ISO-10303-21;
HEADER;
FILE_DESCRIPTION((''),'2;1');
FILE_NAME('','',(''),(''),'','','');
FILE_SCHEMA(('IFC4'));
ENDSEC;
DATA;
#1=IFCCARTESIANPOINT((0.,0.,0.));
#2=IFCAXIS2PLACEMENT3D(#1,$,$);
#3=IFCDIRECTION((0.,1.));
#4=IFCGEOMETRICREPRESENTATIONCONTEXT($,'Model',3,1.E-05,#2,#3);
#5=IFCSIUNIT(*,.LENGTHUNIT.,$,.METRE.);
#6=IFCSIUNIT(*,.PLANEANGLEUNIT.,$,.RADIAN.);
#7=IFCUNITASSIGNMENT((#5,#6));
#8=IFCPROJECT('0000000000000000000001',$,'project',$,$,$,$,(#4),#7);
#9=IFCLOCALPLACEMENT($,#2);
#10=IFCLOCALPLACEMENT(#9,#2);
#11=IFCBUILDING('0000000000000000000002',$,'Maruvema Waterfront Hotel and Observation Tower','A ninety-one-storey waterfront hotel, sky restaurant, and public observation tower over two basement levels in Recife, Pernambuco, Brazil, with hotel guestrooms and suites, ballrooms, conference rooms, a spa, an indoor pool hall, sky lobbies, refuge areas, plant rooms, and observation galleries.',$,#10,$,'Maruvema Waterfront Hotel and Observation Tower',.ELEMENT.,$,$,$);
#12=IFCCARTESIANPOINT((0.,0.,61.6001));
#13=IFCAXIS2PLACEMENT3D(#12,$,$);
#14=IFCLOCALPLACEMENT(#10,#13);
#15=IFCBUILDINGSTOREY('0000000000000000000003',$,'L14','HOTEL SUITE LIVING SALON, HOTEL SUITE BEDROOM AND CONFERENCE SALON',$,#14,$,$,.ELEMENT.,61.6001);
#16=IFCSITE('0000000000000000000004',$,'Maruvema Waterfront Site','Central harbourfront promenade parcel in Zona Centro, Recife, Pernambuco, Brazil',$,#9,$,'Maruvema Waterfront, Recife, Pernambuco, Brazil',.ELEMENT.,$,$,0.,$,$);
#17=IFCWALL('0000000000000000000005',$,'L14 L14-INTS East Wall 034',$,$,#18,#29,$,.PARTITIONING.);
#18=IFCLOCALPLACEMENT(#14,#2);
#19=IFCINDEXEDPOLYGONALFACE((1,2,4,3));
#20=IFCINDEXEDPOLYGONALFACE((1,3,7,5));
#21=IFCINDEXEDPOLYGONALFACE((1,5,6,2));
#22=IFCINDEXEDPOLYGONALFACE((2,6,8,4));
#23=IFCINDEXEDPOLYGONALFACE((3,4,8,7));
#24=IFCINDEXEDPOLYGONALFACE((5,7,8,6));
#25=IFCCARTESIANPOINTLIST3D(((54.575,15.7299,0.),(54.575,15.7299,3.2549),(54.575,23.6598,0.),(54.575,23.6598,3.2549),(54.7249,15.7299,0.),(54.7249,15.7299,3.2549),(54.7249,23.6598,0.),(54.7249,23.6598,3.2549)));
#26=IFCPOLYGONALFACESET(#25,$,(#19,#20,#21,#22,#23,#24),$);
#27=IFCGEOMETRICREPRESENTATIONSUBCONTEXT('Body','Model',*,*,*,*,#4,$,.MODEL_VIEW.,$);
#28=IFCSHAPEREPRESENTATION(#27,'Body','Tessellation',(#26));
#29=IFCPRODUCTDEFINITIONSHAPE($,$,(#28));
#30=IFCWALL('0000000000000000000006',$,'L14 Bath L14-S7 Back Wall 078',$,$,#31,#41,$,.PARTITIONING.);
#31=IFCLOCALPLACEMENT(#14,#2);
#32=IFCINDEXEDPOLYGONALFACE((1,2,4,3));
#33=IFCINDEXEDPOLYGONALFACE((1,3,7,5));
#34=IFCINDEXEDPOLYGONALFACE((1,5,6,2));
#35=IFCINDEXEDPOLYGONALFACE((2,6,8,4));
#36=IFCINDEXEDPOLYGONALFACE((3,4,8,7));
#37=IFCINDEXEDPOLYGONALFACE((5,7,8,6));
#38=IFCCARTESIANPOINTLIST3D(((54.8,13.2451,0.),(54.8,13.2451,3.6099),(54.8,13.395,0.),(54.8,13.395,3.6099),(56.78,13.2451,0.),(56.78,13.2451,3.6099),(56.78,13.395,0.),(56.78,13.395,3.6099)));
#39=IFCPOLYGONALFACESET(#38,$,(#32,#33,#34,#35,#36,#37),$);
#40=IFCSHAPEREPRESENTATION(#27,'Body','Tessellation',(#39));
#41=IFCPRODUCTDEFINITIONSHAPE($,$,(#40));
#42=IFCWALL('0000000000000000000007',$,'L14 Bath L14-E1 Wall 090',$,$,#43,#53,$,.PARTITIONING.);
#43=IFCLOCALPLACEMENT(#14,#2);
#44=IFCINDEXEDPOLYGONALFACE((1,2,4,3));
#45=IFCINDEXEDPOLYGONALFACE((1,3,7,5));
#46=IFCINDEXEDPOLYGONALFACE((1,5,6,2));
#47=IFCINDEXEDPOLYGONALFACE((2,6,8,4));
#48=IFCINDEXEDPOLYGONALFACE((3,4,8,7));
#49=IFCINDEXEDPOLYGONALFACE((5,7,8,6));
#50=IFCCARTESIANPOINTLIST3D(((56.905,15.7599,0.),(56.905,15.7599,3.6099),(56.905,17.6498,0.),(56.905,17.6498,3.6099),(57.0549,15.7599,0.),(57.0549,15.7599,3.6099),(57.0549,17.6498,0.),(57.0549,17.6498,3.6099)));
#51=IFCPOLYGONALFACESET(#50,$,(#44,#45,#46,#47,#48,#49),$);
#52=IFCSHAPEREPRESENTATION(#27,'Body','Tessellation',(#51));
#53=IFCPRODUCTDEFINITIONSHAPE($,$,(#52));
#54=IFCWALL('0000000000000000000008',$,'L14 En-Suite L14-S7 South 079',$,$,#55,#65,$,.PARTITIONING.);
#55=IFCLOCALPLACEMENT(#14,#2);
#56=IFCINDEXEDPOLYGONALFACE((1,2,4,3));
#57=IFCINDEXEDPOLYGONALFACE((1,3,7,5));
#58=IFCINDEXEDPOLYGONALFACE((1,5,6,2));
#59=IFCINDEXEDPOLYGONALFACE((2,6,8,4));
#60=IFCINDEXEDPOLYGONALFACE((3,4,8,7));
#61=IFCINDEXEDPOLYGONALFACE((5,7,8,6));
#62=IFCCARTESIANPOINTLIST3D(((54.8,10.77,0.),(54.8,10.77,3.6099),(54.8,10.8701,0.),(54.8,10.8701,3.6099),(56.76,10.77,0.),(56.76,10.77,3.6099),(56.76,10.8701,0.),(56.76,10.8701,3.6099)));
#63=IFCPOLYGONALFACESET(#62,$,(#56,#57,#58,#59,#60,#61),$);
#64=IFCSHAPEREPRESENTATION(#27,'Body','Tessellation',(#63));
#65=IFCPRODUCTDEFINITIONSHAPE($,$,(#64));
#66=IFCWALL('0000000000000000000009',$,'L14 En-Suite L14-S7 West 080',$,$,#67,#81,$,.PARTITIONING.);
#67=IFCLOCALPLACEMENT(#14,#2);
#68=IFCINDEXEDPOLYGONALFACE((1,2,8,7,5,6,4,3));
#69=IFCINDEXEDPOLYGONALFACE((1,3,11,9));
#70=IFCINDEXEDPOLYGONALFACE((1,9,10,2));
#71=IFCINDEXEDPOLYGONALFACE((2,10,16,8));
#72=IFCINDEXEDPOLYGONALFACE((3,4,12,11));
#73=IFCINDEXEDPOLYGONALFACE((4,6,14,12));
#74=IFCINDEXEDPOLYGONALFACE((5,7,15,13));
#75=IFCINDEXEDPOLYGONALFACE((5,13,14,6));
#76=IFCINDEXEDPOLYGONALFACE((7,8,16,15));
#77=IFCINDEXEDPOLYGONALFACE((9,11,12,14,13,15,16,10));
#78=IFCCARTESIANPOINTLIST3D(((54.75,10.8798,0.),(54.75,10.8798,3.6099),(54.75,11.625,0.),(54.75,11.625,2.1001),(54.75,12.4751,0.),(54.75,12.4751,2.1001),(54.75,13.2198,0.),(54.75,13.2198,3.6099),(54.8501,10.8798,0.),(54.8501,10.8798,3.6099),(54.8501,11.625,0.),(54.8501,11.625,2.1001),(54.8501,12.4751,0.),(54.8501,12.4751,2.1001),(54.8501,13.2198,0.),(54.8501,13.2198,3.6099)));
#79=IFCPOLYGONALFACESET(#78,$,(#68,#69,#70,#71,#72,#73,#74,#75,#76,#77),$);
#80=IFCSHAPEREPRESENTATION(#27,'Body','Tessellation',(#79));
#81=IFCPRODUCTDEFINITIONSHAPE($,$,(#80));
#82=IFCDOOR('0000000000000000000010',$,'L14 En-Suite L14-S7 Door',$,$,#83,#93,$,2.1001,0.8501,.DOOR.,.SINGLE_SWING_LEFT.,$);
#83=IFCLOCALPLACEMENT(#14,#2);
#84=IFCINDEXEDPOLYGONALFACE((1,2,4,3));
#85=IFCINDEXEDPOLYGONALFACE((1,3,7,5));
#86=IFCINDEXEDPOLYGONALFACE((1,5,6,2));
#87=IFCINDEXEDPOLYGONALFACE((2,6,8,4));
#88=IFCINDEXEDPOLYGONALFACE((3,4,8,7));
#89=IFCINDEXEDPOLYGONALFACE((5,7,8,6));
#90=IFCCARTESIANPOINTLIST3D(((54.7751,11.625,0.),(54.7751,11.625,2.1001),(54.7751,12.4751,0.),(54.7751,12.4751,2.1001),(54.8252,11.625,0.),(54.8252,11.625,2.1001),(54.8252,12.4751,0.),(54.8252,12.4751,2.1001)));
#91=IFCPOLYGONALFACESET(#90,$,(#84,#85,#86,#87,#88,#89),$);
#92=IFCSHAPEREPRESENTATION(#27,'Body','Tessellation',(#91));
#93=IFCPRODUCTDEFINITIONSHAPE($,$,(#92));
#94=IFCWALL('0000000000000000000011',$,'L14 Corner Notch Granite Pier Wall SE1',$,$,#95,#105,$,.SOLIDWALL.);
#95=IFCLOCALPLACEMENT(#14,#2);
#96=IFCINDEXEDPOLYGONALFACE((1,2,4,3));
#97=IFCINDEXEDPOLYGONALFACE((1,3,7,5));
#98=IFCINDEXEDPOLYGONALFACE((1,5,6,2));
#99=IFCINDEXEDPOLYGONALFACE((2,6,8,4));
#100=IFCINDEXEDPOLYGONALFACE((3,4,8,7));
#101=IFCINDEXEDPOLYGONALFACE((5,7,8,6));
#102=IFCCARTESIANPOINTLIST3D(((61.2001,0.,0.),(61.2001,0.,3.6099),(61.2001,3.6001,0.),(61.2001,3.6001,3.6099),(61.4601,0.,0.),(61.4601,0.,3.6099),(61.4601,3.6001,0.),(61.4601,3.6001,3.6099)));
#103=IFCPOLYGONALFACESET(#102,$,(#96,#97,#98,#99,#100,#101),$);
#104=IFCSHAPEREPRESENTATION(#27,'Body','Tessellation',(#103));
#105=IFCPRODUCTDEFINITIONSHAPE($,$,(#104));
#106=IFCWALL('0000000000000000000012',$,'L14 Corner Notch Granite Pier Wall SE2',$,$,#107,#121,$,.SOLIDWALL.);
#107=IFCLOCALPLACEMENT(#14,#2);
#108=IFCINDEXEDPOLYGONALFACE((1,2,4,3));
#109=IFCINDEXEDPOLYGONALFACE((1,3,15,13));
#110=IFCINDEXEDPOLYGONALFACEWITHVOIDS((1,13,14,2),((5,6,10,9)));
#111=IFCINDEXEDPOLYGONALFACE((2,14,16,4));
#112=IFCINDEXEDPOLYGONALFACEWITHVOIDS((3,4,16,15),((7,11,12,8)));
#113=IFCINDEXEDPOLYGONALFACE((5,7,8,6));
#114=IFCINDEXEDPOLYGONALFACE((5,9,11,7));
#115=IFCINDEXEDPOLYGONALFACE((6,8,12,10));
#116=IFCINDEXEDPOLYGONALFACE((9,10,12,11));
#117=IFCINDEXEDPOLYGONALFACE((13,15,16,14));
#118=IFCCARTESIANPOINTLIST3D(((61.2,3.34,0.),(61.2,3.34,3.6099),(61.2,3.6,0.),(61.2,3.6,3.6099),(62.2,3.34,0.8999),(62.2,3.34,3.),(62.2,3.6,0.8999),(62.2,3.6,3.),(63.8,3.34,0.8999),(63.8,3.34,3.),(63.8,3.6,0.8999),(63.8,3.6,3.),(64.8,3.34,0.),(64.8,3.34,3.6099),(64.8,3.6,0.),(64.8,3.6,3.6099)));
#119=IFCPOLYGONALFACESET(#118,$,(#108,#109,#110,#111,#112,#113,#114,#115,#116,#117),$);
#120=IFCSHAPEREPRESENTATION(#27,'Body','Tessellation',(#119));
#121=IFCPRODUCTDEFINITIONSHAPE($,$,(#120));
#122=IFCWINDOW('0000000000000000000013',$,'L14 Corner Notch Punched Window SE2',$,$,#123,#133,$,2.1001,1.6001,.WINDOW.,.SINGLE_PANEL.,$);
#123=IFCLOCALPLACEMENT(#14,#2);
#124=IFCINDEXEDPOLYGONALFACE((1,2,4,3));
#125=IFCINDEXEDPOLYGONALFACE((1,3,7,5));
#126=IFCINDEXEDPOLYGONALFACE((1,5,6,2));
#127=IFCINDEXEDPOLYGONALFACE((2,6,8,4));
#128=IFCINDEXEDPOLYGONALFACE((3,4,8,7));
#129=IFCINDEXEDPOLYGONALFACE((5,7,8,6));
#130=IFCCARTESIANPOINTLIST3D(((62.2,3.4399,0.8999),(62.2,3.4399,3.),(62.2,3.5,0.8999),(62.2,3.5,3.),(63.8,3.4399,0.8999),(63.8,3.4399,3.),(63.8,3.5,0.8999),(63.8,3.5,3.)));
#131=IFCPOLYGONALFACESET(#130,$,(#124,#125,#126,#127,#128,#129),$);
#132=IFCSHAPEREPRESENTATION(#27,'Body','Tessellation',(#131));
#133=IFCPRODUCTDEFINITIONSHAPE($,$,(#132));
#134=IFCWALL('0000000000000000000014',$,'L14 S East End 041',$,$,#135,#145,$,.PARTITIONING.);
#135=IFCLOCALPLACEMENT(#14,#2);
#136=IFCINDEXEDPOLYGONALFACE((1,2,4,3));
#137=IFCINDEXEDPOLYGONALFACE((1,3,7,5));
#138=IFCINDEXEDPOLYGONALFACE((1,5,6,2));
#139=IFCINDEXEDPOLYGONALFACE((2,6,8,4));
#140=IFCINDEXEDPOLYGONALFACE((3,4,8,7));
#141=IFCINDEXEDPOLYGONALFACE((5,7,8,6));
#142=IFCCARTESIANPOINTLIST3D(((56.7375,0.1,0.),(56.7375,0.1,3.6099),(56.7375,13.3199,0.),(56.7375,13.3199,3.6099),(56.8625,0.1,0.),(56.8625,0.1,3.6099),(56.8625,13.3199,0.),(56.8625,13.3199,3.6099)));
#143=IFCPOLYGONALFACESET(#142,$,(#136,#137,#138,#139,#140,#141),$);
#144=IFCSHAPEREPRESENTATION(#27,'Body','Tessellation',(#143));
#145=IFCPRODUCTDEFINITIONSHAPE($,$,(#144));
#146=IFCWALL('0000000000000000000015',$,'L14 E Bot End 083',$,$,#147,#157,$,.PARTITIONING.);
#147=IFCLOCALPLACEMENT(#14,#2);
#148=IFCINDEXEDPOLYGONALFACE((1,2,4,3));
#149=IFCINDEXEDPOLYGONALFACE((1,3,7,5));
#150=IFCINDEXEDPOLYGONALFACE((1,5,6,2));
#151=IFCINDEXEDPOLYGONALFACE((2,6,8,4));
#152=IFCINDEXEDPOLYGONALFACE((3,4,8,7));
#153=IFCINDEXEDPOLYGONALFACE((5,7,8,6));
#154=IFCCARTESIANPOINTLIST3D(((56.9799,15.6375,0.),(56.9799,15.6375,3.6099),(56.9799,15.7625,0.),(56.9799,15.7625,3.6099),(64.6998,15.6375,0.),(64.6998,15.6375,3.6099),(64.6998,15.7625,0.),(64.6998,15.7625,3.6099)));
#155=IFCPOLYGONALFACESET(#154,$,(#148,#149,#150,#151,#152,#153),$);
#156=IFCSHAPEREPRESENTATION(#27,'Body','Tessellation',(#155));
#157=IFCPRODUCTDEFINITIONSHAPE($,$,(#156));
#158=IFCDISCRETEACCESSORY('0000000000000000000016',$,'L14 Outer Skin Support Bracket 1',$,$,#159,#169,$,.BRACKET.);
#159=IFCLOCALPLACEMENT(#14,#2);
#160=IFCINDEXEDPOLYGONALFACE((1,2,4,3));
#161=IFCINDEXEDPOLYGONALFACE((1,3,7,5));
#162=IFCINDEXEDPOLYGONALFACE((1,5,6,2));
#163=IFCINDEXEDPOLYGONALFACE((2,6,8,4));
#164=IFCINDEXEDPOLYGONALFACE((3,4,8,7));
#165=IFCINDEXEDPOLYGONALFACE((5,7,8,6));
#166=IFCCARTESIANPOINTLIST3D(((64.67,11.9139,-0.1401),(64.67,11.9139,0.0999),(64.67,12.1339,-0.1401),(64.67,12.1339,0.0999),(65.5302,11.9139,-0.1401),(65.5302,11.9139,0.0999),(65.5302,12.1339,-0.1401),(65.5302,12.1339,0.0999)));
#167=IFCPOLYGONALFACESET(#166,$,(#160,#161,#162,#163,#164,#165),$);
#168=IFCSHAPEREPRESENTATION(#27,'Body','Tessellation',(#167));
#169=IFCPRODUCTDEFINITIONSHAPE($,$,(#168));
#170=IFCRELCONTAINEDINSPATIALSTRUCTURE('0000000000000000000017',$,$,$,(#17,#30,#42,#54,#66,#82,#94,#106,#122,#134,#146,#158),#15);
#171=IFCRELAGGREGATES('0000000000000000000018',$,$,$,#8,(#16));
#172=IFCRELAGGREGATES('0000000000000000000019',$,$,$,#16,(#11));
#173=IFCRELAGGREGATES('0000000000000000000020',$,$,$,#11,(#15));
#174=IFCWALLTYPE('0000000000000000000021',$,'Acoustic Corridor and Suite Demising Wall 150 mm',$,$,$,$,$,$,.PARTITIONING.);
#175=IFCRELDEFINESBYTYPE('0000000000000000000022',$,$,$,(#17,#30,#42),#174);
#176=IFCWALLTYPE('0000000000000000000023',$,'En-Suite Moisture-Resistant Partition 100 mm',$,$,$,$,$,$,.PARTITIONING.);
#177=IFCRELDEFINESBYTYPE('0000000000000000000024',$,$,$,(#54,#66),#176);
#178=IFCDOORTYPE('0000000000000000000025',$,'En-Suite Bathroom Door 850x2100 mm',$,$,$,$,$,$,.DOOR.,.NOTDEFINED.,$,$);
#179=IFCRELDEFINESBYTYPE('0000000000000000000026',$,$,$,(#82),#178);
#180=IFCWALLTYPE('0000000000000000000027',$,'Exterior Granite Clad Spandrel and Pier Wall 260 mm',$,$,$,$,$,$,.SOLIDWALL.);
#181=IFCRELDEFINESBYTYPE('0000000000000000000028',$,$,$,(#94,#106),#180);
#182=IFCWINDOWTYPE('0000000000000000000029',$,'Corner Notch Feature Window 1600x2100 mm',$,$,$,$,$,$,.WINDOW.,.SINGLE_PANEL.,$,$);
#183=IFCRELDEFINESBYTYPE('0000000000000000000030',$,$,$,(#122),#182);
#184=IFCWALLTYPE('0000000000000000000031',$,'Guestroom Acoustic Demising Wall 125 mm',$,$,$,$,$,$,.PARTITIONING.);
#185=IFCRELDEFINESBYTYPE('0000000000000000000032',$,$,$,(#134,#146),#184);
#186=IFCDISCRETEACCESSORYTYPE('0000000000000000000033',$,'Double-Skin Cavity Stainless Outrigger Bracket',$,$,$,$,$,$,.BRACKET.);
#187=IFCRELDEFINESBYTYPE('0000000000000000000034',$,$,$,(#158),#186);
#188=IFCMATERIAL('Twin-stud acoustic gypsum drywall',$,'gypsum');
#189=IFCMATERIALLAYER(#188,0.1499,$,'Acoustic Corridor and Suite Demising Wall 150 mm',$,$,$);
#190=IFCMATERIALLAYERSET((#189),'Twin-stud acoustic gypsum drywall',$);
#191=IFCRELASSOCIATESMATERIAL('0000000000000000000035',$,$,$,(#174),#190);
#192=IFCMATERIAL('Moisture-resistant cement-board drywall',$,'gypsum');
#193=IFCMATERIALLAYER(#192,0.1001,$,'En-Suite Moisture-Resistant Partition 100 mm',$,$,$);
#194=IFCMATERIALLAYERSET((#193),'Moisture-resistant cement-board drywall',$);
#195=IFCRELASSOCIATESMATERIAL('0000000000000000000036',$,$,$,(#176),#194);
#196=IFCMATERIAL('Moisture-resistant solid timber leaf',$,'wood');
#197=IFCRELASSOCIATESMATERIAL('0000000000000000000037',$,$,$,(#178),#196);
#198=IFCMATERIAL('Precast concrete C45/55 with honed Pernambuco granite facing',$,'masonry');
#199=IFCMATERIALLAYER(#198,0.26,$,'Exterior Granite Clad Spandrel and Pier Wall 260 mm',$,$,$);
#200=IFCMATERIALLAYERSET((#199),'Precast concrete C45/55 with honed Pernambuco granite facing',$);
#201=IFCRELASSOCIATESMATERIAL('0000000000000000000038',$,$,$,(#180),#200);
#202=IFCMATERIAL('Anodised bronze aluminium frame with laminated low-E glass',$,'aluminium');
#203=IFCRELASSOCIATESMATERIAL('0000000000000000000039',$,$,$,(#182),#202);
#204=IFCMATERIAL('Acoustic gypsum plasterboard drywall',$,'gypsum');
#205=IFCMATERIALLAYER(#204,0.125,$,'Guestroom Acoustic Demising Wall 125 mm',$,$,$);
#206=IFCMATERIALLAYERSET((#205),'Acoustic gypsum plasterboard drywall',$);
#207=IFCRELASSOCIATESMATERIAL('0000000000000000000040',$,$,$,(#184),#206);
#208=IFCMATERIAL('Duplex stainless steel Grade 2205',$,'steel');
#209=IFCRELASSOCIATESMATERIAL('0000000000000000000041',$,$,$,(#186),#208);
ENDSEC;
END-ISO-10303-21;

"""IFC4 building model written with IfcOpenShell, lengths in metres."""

from ifc_helpers import new_model, si_unit, direction, frame, frame_2d, origin, origin_2d, place, context, subcontext, project, spatial, rectangle, extrude, material, layer, layer_set, type_object, element, fill, save


model = new_model("IFC4")

# Units and contexts
model_context = context("Model", 3, precision=1e-05, world=origin(), true_north=direction((0.0, 1.0)))
body_context = subcontext(model_context, "Body", "Model", "MODEL_VIEW")
ifc_project = project(units=[si_unit("LENGTHUNIT", "METRE"), si_unit("PLANEANGLEUNIT", "RADIAN")], contexts=[model_context])

# Site, building, storey
site_placement = place(None, origin())
site = spatial("IfcSite", under=ifc_project, at=site_placement, Name="Maruvema Waterfront Site", Description="Central harbourfront promenade parcel in Zona Centro, Recife, Pernambuco, Brazil", LongName="Maruvema Waterfront, Recife, Pernambuco, Brazil", CompositionType="ELEMENT", RefElevation=0.0)
building_placement = place(site_placement, origin())
building = spatial("IfcBuilding", under=site, at=building_placement, Name="Maruvema Waterfront Hotel and Observation Tower", Description="A ninety-one-storey waterfront hotel, sky restaurant, and public observation tower over two basement levels in Recife, Pernambuco, Brazil, with hotel guestrooms and suites, ballrooms, conference rooms, a spa, an indoor pool hall, sky lobbies, refuge areas, plant rooms, and observation galleries.", LongName="Maruvema Waterfront Hotel and Observation Tower", CompositionType="ELEMENT")
storey_placement = place(building_placement, frame((0.0, 0.0, 61.6001)))
storey = spatial("IfcBuildingStorey", under=building, at=storey_placement, Name="L14", Description="HOTEL SUITE LIVING SALON, HOTEL SUITE BEDROOM AND CONFERENCE SALON", CompositionType="ELEMENT", Elevation=61.6001)

# Walls
ifc_material_1 = material(Name="Twin-stud acoustic gypsum drywall", Category="gypsum")
ifc_layer_1 = layer(ifc_material_1, 0.1499, Name="Acoustic Corridor and Suite Demising Wall 150 mm")
ifc_layer_set_1 = layer_set([ifc_layer_1], Name="Twin-stud acoustic gypsum drywall")
wall_type_1 = type_object("IfcWallType", Name="Acoustic Corridor and Suite Demising Wall 150 mm", PredefinedType="PARTITIONING", material=ifc_layer_set_1)
wall_1_placement = place(storey_placement, frame((54.6499, 15.73, 0.0), z_axis=(0.0, 0.0, 1.0), x_axis=(0.0, 1.0, 0.0)))
element("IfcWall", 1, at=wall_1_placement, inside=storey, type_object=wall_type_1, Name="L14 L14-INTS East Wall 034", PredefinedType="PARTITIONING", context=body_context, shape_type="SweptSolid", body=[
    extrude(rectangle(XDim=7.9299, YDim=0.1499, at=frame_2d((3.9648, 0.0))), origin(), (0.0, 0.0, 1.0), 3.2549),
])
wall_2_placement = place(storey_placement, frame((54.8, 13.3201, 0.0), z_axis=(0.0, 0.0, 1.0), x_axis=(1.0, 0.0, 0.0)))
element("IfcWall", 2, at=wall_2_placement, inside=storey, type_object=wall_type_1, Name="L14 Bath L14-S7 Back Wall 078", PredefinedType="PARTITIONING", context=body_context, shape_type="SweptSolid", body=[
    extrude(rectangle(XDim=1.98, YDim=0.1499, at=frame_2d((0.99, 0.0))), origin(), (0.0, 0.0, 1.0), 3.6099),
])
wall_3_placement = place(storey_placement, frame((56.98, 15.76, 0.0), z_axis=(0.0, 0.0, 1.0), x_axis=(0.0, 1.0, 0.0)))
element("IfcWall", 3, at=wall_3_placement, inside=storey, type_object=wall_type_1, Name="L14 Bath L14-E1 Wall 090", PredefinedType="PARTITIONING", context=body_context, shape_type="SweptSolid", body=[
    extrude(rectangle(XDim=1.8899, YDim=0.1499, at=frame_2d((0.9448, 0.0))), origin(), (0.0, 0.0, 1.0), 3.6099),
])
ifc_material_2 = material(Name="Moisture-resistant cement-board drywall", Category="gypsum")
ifc_layer_2 = layer(ifc_material_2, 0.1001, Name="En-Suite Moisture-Resistant Partition 100 mm")
ifc_layer_set_2 = layer_set([ifc_layer_2], Name="Moisture-resistant cement-board drywall")
wall_type_2 = type_object("IfcWallType", Name="En-Suite Moisture-Resistant Partition 100 mm", PredefinedType="PARTITIONING", material=ifc_layer_set_2)
wall_4_placement = place(storey_placement, frame((54.8, 10.8201, 0.0), z_axis=(0.0, 0.0, 1.0), x_axis=(1.0, 0.0, 0.0)))
element("IfcWall", 4, at=wall_4_placement, inside=storey, type_object=wall_type_2, Name="L14 En-Suite L14-S7 South 079", PredefinedType="PARTITIONING", context=body_context, shape_type="SweptSolid", body=[
    extrude(rectangle(XDim=1.96, YDim=0.1001, at=frame_2d((0.98, 0.0))), origin(), (0.0, 0.0, 1.0), 3.6099),
])

# Wall, opening, door
wall_5_placement = place(storey_placement, frame((54.8, 10.8799, 0.0), z_axis=(0.0, 0.0, 1.0), x_axis=(0.0, 1.0, 0.0)))
wall_5 = element("IfcWall", 5, at=wall_5_placement, inside=storey, type_object=wall_type_2, Name="L14 En-Suite L14-S7 West 080", PredefinedType="PARTITIONING", context=body_context, shape_type="SweptSolid", body=[
    extrude(rectangle(XDim=2.3401, YDim=0.1001, at=frame_2d((1.1699, 0.0))), origin(), (0.0, 0.0, 1.0), 3.6099),
])
opening_1_placement = place(wall_5_placement, frame((0.7451, 0.0, 0.0)))
opening_1 = element("IfcOpeningElement", 6, at=opening_1_placement, cuts=wall_5, PredefinedType="OPENING", context=body_context, shape_type="SweptSolid", body=[
    extrude(rectangle(XDim=0.8501, YDim=2.1001, at=frame_2d((0.425, 1.05))), frame((0.0, 0.0601, 0.0), z_axis=(0.0, -1.0, 0.0), x_axis=(1.0, 0.0, 0.0)), (0.0, 0.0, 1.0), 0.1201),
])
ifc_material_3 = material(Name="Moisture-resistant solid timber leaf", Category="wood")
door_type = type_object("IfcDoorType", Name="En-Suite Bathroom Door 850x2100 mm", OperationType="NOTDEFINED", PredefinedType="DOOR", material=ifc_material_3)
door_placement = place(opening_1_placement, origin())
door = element("IfcDoor", 7, at=door_placement, inside=storey, type_object=door_type, Name="L14 En-Suite L14-S7 Door", OperationType="SINGLE_SWING_LEFT", OverallHeight=2.1001, OverallWidth=0.8501, PredefinedType="DOOR", context=body_context, shape_type="SweptSolid", body=[
    extrude(rectangle(XDim=0.8501, YDim=2.1001, at=frame_2d((0.425, 1.05))), frame((0.0, 0.0249, 0.0), z_axis=(0.0, -1.0, 0.0), x_axis=(1.0, 0.0, 0.0)), (0.0, 0.0, 1.0), 0.05),
])
fill(opening_1, door)

# Wall
ifc_material_4 = material(Name="Precast concrete C45/55 with honed Pernambuco granite facing", Category="masonry")
ifc_layer_3 = layer(ifc_material_4, 0.26, Name="Exterior Granite Clad Spandrel and Pier Wall 260 mm")
ifc_layer_set_3 = layer_set([ifc_layer_3], Name="Precast concrete C45/55 with honed Pernambuco granite facing")
wall_type_3 = type_object("IfcWallType", Name="Exterior Granite Clad Spandrel and Pier Wall 260 mm", PredefinedType="SOLIDWALL", material=ifc_layer_set_3)
wall_6_placement = place(storey_placement, frame((61.3301, 3.6001, 0.0), z_axis=(0.0, 0.0, 1.0), x_axis=(0.0, -1.0, 0.0)))
element("IfcWall", 8, at=wall_6_placement, inside=storey, type_object=wall_type_3, Name="L14 Corner Notch Granite Pier Wall SE1", PredefinedType="SOLIDWALL", context=body_context, shape_type="SweptSolid", body=[
    extrude(rectangle(XDim=3.6001, YDim=0.26, at=frame_2d((1.8, 0.0))), origin(), (0.0, 0.0, 1.0), 3.6099),
])

# Wall, opening, window
wall_7_placement = place(storey_placement, frame((64.8, 3.47, 0.0), z_axis=(0.0, 0.0, 1.0), x_axis=(-1.0, 0.0, 0.0)))
wall_7 = element("IfcWall", 9, at=wall_7_placement, inside=storey, type_object=wall_type_3, Name="L14 Corner Notch Granite Pier Wall SE2", PredefinedType="SOLIDWALL", context=body_context, shape_type="SweptSolid", body=[
    extrude(rectangle(XDim=3.6001, YDim=0.26, at=frame_2d((1.8, 0.0))), origin(), (0.0, 0.0, 1.0), 3.6099),
])
opening_2_placement = place(wall_7_placement, frame((1.0, 0.0, 0.8999)))
opening_2 = element("IfcOpeningElement", 10, at=opening_2_placement, cuts=wall_7, PredefinedType="OPENING", context=body_context, shape_type="SweptSolid", body=[
    extrude(rectangle(XDim=1.6001, YDim=2.1001, at=frame_2d((0.8, 1.05))), frame((0.0, 0.1401, 0.0), z_axis=(0.0, -1.0, 0.0), x_axis=(1.0, 0.0, 0.0)), (0.0, 0.0, 1.0), 0.28),
])
ifc_material_5 = material(Name="Anodised bronze aluminium frame with laminated low-E glass", Category="aluminium")
window_type = type_object("IfcWindowType", Name="Corner Notch Feature Window 1600x2100 mm", PartitioningType="SINGLE_PANEL", PredefinedType="WINDOW", material=ifc_material_5)
window_placement = place(opening_2_placement, origin())
window = element("IfcWindow", 11, at=window_placement, inside=storey, type_object=window_type, Name="L14 Corner Notch Punched Window SE2", OverallHeight=2.1001, OverallWidth=1.6001, PartitioningType="SINGLE_PANEL", PredefinedType="WINDOW", context=body_context, shape_type="SweptSolid", body=[
    extrude(rectangle(XDim=1.6001, YDim=2.1001, at=frame_2d((0.8, 1.05))), frame((0.0, 0.03, 0.0), z_axis=(0.0, -1.0, 0.0), x_axis=(1.0, 0.0, 0.0)), (0.0, 0.0, 1.0), 0.0601),
])
fill(opening_2, window)

# Walls
ifc_material_6 = material(Name="Acoustic gypsum plasterboard drywall", Category="gypsum")
ifc_layer_4 = layer(ifc_material_6, 0.125, Name="Guestroom Acoustic Demising Wall 125 mm")
ifc_layer_set_4 = layer_set([ifc_layer_4], Name="Acoustic gypsum plasterboard drywall")
wall_type_4 = type_object("IfcWallType", Name="Guestroom Acoustic Demising Wall 125 mm", PredefinedType="PARTITIONING", material=ifc_layer_set_4)
wall_8_placement = place(storey_placement, frame((56.8, 0.1001, 0.0), z_axis=(0.0, 0.0, 1.0), x_axis=(0.0, 1.0, 0.0)))
element("IfcWall", 12, at=wall_8_placement, inside=storey, type_object=wall_type_4, Name="L14 S East End 041", PredefinedType="PARTITIONING", context=body_context, shape_type="SweptSolid", body=[
    extrude(rectangle(XDim=13.22, YDim=0.125, at=frame_2d((6.6099, 0.0))), origin(), (0.0, 0.0, 1.0), 3.6099),
])
wall_9_placement = place(storey_placement, frame((56.98, 15.7, 0.0), z_axis=(0.0, 0.0, 1.0), x_axis=(1.0, 0.0, 0.0)))
element("IfcWall", 13, at=wall_9_placement, inside=storey, type_object=wall_type_4, Name="L14 E Bot End 083", PredefinedType="PARTITIONING", context=body_context, shape_type="SweptSolid", body=[
    extrude(rectangle(XDim=7.72, YDim=0.125, at=frame_2d((3.8599, 0.0))), origin(), (0.0, 0.0, 1.0), 3.6099),
])

# Discrete accessory
ifc_material_7 = material(Name="Duplex stainless steel Grade 2205", Category="steel")
discrete_accessory_type = type_object("IfcDiscreteAccessoryType", Name="Double-Skin Cavity Stainless Outrigger Bracket", PredefinedType="BRACKET", material=ifc_material_7)
discrete_accessory_placement = place(storey_placement, frame((65.1001, 12.0239, -0.1401), z_axis=(0.0, 0.0, 1.0), x_axis=(0.0, 1.0, 0.0)))
element("IfcDiscreteAccessory", 14, at=discrete_accessory_placement, inside=storey, type_object=discrete_accessory_type, Name="L14 Outer Skin Support Bracket 1", PredefinedType="BRACKET", context=body_context, shape_type="SweptSolid", body=[
    extrude(rectangle(XDim=0.22, YDim=0.8601, at=origin_2d()), origin(), (0.0, 0.0, 1.0), 0.24),
])

save(model, "model.ifc")
